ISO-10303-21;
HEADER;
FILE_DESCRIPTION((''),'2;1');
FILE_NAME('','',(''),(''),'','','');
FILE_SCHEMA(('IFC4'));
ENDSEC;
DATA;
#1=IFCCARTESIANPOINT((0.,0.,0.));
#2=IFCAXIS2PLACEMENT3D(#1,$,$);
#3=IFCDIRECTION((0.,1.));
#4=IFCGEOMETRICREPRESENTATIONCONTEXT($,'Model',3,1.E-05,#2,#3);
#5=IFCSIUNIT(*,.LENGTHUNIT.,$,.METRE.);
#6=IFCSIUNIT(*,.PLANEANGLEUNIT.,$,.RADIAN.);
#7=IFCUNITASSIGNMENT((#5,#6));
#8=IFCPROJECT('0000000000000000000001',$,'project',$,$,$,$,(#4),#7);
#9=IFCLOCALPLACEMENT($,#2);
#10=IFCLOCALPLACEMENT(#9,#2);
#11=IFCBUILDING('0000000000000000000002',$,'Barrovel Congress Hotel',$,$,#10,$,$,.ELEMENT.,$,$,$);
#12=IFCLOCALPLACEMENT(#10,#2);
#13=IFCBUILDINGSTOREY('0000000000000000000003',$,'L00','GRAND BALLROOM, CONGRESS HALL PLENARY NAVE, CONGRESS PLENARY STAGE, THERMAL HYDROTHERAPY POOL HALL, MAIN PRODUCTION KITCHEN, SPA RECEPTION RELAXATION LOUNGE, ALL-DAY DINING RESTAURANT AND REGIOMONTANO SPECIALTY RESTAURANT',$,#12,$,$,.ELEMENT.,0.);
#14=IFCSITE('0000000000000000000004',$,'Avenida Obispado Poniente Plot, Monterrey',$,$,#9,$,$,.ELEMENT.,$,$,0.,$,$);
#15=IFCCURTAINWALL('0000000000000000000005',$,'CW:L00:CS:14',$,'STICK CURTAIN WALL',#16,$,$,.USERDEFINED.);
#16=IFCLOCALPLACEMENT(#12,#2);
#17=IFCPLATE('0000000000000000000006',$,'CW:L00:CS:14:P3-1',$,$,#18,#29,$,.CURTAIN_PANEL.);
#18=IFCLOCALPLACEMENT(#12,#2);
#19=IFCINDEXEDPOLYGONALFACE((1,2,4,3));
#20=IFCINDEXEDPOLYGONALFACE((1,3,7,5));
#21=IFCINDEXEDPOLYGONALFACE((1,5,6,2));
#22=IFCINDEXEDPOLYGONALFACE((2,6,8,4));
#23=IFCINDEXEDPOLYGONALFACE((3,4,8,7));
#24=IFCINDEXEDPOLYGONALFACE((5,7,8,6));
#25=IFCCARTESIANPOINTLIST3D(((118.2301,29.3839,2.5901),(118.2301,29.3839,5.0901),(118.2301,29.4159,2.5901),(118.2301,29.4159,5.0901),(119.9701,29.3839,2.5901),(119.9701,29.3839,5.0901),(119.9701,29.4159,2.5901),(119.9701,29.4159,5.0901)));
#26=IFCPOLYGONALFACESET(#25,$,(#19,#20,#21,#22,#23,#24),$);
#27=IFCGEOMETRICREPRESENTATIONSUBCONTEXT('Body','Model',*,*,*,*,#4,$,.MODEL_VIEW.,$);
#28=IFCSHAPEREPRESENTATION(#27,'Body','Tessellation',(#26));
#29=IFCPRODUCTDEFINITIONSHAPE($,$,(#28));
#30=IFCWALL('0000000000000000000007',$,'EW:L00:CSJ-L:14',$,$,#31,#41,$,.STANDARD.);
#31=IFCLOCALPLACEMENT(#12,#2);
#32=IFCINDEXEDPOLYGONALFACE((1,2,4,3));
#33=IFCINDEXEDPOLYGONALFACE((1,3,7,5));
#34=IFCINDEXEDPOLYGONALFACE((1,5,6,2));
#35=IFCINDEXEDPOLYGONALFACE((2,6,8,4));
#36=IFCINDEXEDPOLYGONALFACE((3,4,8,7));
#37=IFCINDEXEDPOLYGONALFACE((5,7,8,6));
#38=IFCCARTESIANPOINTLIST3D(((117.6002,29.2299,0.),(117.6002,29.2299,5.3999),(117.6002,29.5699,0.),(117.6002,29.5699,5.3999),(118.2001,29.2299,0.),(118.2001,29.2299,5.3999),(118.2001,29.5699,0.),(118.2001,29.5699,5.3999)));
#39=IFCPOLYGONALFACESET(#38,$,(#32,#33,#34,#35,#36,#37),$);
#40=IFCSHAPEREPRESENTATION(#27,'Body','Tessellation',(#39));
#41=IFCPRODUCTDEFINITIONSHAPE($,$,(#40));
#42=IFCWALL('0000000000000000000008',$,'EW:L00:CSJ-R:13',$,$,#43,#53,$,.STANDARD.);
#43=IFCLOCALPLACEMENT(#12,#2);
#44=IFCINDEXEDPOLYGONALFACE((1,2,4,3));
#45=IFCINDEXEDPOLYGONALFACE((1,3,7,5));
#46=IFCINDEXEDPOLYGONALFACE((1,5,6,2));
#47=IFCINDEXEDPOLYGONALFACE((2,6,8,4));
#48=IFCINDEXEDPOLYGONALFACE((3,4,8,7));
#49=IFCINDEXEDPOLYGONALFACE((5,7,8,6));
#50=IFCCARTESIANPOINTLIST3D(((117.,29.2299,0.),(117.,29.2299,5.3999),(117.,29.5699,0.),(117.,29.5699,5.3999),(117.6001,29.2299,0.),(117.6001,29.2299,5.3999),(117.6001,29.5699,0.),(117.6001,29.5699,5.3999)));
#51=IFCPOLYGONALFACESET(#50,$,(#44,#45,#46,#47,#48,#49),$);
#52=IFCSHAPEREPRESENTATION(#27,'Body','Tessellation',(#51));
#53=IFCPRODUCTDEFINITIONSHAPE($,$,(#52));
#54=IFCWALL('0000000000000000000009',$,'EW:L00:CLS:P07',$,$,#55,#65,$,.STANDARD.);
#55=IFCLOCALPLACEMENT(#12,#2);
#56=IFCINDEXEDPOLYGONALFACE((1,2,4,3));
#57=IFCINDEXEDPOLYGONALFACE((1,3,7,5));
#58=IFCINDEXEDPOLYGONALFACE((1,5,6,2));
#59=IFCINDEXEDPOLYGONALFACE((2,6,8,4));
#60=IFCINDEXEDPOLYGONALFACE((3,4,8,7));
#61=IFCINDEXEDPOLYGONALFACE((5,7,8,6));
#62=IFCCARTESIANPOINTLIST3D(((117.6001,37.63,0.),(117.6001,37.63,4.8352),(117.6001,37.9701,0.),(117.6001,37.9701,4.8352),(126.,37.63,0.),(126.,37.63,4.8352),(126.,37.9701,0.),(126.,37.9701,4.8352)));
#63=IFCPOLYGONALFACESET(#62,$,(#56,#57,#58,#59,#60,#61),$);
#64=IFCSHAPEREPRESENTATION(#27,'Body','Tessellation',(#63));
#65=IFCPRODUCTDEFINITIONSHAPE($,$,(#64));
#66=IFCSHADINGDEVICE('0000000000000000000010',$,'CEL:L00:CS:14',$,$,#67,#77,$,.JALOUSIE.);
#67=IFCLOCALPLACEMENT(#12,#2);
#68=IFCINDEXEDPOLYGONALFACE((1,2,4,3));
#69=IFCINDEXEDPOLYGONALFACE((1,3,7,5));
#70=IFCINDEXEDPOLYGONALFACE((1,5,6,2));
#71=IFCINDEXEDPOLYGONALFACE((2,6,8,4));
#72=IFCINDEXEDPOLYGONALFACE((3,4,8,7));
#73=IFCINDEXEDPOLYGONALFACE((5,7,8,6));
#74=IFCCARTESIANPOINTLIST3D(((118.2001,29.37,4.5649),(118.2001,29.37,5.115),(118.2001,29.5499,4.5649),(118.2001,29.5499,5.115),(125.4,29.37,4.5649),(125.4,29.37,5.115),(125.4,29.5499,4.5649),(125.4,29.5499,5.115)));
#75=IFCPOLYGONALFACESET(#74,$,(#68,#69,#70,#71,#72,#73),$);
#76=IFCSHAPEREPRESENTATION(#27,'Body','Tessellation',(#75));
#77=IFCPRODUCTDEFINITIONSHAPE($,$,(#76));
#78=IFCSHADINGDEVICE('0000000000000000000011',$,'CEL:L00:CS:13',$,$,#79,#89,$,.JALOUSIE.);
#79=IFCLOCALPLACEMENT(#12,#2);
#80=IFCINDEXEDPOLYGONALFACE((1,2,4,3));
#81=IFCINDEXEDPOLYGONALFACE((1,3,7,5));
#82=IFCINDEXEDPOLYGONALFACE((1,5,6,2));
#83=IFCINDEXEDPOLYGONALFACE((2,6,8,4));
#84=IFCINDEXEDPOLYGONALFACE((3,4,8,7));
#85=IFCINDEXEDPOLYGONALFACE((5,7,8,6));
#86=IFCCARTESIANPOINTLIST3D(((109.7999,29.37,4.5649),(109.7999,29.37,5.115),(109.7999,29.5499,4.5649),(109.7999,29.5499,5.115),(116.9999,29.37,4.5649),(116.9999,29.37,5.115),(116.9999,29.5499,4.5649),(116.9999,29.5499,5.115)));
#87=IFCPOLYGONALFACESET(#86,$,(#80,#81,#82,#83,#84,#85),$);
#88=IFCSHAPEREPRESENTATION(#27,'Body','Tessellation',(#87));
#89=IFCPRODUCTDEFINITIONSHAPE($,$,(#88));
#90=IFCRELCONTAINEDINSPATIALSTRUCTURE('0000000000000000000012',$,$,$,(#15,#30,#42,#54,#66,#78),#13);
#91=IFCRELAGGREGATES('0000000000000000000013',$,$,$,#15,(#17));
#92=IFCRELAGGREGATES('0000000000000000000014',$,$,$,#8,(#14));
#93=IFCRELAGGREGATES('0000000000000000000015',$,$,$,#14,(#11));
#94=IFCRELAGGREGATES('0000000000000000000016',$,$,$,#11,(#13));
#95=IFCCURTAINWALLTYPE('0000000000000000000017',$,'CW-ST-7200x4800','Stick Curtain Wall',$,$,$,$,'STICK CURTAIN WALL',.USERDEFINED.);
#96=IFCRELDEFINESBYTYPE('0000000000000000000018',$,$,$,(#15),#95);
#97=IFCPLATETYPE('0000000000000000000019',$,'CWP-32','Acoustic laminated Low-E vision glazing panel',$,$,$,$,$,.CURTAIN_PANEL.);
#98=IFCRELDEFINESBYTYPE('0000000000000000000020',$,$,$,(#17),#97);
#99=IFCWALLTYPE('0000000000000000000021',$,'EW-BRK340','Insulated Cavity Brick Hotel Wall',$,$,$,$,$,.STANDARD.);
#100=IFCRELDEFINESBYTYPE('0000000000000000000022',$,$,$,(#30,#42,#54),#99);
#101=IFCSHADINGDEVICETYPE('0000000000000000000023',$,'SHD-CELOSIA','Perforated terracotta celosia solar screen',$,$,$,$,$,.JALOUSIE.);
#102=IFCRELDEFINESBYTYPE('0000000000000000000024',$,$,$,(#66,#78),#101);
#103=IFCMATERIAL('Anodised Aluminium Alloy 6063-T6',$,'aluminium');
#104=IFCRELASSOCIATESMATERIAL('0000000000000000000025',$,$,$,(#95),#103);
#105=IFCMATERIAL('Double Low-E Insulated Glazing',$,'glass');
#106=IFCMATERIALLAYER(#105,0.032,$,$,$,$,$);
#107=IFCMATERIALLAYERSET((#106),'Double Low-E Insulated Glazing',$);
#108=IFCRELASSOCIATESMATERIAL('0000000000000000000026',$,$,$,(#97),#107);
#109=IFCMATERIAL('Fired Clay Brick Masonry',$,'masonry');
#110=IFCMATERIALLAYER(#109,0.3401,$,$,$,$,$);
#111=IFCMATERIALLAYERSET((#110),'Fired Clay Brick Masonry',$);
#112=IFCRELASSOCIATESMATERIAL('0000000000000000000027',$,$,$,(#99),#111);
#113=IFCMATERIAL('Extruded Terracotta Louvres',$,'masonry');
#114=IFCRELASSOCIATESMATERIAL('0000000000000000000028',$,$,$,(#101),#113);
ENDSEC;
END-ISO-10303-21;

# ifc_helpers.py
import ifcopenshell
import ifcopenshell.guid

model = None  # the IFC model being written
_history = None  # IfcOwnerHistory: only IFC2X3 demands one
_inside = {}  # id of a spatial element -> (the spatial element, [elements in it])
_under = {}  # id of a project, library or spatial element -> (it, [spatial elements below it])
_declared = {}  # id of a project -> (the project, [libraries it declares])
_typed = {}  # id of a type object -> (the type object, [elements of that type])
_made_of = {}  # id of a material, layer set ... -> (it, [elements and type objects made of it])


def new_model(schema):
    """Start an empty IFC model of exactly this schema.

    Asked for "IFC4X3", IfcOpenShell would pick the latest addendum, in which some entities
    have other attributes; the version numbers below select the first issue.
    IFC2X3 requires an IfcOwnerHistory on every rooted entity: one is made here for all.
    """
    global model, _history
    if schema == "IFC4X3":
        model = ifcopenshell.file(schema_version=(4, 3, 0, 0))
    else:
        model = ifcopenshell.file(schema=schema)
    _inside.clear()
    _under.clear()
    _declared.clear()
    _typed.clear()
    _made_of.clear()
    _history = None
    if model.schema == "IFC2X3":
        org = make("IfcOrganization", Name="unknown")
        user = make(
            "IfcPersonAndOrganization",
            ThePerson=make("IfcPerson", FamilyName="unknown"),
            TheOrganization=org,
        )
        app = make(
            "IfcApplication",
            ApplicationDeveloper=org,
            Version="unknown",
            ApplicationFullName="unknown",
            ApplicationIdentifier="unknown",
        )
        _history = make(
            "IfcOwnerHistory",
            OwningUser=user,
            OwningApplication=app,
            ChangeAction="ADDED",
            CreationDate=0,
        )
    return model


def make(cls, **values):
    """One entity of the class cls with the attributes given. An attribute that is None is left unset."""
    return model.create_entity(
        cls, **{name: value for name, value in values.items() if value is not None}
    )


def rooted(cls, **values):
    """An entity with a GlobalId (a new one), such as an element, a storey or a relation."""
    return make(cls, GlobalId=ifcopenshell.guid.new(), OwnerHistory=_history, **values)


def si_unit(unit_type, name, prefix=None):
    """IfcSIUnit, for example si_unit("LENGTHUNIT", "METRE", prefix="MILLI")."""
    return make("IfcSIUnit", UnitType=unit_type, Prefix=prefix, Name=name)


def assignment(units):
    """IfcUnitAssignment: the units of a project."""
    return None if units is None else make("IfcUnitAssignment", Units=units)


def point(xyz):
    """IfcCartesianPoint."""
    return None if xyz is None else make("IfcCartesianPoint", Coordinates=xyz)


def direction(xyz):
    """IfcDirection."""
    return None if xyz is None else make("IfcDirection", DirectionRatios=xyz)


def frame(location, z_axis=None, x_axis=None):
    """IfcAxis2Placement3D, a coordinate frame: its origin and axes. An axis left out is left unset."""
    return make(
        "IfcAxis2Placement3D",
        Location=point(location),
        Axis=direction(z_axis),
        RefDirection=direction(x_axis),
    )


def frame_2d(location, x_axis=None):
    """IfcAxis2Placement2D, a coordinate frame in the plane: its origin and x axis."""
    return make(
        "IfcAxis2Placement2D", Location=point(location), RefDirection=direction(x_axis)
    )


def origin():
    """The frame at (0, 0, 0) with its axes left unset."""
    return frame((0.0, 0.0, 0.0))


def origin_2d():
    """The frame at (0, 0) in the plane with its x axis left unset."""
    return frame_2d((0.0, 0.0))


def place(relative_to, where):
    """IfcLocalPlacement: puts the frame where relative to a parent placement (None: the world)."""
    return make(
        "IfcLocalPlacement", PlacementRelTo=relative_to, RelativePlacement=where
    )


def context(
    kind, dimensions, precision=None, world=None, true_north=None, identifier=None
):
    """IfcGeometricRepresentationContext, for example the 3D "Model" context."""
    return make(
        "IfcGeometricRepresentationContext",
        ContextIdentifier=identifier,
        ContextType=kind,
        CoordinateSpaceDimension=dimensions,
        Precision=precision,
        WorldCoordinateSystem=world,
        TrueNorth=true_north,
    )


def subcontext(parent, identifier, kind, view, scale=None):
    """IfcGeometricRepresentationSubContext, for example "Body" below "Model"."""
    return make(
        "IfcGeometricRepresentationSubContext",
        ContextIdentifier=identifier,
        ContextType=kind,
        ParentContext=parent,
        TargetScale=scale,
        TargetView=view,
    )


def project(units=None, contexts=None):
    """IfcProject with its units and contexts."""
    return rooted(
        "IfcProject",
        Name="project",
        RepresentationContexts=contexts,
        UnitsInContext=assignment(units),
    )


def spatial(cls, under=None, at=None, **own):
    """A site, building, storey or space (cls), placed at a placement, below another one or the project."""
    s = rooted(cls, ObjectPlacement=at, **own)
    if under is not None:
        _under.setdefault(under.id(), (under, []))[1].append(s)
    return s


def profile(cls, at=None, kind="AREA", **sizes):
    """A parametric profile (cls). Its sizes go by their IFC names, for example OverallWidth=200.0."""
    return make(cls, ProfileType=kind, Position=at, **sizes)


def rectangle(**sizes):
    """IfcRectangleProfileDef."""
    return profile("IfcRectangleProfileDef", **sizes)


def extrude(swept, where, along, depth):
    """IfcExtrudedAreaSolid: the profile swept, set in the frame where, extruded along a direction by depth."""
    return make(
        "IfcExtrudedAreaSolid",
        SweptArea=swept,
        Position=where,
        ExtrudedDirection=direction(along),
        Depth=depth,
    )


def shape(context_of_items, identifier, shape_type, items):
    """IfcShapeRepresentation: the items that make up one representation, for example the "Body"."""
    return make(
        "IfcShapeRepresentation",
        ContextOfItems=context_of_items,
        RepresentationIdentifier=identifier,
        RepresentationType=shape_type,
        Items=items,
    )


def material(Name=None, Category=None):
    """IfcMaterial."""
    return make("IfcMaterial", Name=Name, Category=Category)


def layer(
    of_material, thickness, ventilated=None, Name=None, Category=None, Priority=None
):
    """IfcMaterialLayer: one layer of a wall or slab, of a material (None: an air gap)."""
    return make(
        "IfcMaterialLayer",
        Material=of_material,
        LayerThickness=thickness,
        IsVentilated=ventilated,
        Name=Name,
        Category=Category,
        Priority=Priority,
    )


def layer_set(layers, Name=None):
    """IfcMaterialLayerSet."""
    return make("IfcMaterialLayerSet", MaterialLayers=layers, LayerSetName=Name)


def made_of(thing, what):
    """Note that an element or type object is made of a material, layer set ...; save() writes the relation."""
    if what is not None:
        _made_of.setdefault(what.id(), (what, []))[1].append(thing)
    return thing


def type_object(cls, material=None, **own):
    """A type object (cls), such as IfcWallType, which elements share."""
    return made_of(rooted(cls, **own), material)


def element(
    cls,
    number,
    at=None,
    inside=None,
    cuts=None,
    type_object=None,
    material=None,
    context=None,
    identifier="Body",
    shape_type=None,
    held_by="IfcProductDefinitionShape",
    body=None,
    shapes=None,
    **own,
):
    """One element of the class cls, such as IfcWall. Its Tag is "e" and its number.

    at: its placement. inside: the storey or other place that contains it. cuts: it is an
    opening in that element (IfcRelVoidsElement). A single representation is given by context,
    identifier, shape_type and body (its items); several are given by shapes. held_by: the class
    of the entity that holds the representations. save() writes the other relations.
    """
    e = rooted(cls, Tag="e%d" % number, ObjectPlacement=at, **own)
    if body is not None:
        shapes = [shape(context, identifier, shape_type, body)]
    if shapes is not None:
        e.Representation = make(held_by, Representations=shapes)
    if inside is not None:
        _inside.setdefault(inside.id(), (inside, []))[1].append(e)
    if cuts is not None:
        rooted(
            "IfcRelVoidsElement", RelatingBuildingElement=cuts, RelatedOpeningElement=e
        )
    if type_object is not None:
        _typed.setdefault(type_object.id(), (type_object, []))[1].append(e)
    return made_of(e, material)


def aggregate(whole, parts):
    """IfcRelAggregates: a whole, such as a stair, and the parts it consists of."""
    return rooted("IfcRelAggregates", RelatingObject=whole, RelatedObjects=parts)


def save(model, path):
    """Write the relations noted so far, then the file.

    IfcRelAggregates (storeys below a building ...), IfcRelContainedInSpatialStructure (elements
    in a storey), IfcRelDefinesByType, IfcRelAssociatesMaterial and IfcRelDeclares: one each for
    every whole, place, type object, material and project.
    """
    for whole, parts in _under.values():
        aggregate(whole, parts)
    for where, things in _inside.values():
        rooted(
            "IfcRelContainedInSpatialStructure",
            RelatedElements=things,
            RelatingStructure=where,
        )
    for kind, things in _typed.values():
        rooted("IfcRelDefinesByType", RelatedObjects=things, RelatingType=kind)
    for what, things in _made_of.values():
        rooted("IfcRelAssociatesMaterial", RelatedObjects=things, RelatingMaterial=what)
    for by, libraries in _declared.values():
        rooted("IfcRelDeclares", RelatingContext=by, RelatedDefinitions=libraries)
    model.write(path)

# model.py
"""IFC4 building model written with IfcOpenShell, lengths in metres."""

from ifc_helpers import new_model, si_unit, direction, frame, frame_2d, origin, origin_2d, place, context, subcontext, project, spatial, rectangle, extrude, material, layer, layer_set, type_object, element, aggregate, save


model = new_model("IFC4")

# Units and contexts
model_context = context("Model", 3, precision=1e-05, world=origin(), true_north=direction((0.0, 1.0)))
body_context = subcontext(model_context, "Body", "Model", "MODEL_VIEW")
ifc_project = project(units=[si_unit("LENGTHUNIT", "METRE"), si_unit("PLANEANGLEUNIT", "RADIAN")], contexts=[model_context])

# Site, building, storey
site_placement = place(None, origin())
site = spatial("IfcSite", under=ifc_project, at=site_placement, Name="Avenida Obispado Poniente Plot, Monterrey", CompositionType="ELEMENT", RefElevation=0.0)
building_placement = place(site_placement, origin())
building = spatial("IfcBuilding", under=site, at=building_placement, Name="Barrovel Congress Hotel", CompositionType="ELEMENT")
storey_placement = place(building_placement, origin())
storey = spatial("IfcBuildingStorey", under=building, at=storey_placement, Name="L00", Description="GRAND BALLROOM, CONGRESS HALL PLENARY NAVE, CONGRESS PLENARY STAGE, THERMAL HYDROTHERAPY POOL HALL, MAIN PRODUCTION KITCHEN, SPA RECEPTION RELAXATION LOUNGE, ALL-DAY DINING RESTAURANT AND REGIOMONTANO SPECIALTY RESTAURANT", CompositionType="ELEMENT", Elevation=0.0)

# Curtain wall
ifc_material_1 = material(Name="Anodised Aluminium Alloy 6063-T6", Category="aluminium")
curtain_wall_type = type_object("IfcCurtainWallType", Name="CW-ST-7200x4800", Description="Stick Curtain Wall", ElementType="STICK CURTAIN WALL", PredefinedType="USERDEFINED", material=ifc_material_1)
curtain_wall_1_placement = place(storey_placement, origin())
curtain_wall_1 = element("IfcCurtainWall", 1, at=curtain_wall_1_placement, inside=storey, type_object=curtain_wall_type, Name="CW:L00:CS:14", ObjectType="STICK CURTAIN WALL", PredefinedType="USERDEFINED")

# Plate
ifc_material_2 = material(Name="Double Low-E Insulated Glazing", Category="glass")
ifc_layer_1 = layer(ifc_material_2, 0.032)
ifc_layer_set_1 = layer_set([ifc_layer_1], Name="Double Low-E Insulated Glazing")
plate_type_1 = type_object("IfcPlateType", Name="CWP-32", Description="Acoustic laminated Low-E vision glazing panel", PredefinedType="CURTAIN_PANEL", material=ifc_layer_set_1)
plate_1_placement = place(storey_placement, frame((119.1001, 29.3999, 2.5901), z_axis=(0.0, 0.0, 1.0), x_axis=(-1.0, 0.0, 0.0)))
plate_1 = element("IfcPlate", 2, at=plate_1_placement, type_object=plate_type_1, Name="CW:L00:CS:14:P3-1", PredefinedType="CURTAIN_PANEL", context=body_context, shape_type="SweptSolid", body=[
    extrude(rectangle(XDim=1.74, YDim=0.032, at=origin_2d()), origin(), (0.0, 0.0, 1.0), 2.5),
])
aggregate(curtain_wall_1, [plate_1])

# Walls
ifc_material_3 = material(Name="Fired Clay Brick Masonry", Category="masonry")
ifc_layer_2 = layer(ifc_material_3, 0.3401)
ifc_layer_set_2 = layer_set([ifc_layer_2], Name="Fired Clay Brick Masonry")
wall_type = type_object("IfcWallType", Name="EW-BRK340", Description="Insulated Cavity Brick Hotel Wall", PredefinedType="STANDARD", material=ifc_layer_set_2)
wall_1_placement = place(storey_placement, frame((118.2, 29.3999, 0.0), z_axis=(0.0, 0.0, 1.0), x_axis=(-1.0, 0.0, 0.0)))
element("IfcWall", 3, at=wall_1_placement, inside=storey, type_object=wall_type, Name="EW:L00:CSJ-L:14", PredefinedType="STANDARD", context=body_context, shape_type="SweptSolid", body=[
    extrude(rectangle(XDim=0.5999, YDim=0.3401, at=frame_2d((0.2998, 0.0))), origin(), (0.0, 0.0, 1.0), 5.3999),
])
wall_2_placement = place(storey_placement, frame((117.6001, 29.3999, 0.0), z_axis=(0.0, 0.0, 1.0), x_axis=(-1.0, 0.0, 0.0)))
element("IfcWall", 4, at=wall_2_placement, inside=storey, type_object=wall_type, Name="EW:L00:CSJ-R:13", PredefinedType="STANDARD", context=body_context, shape_type="SweptSolid", body=[
    extrude(rectangle(XDim=0.6001, YDim=0.3401, at=frame_2d((0.3, 0.0))), origin(), (0.0, 0.0, 1.0), 5.3999),
])
wall_3_placement = place(storey_placement, frame((117.6001, 37.8, 0.0), z_axis=(0.0, 0.0, 1.0), x_axis=(1.0, 0.0, 0.0)))
element("IfcWall", 5, at=wall_3_placement, inside=storey, type_object=wall_type, Name="EW:L00:CLS:P07", PredefinedType="STANDARD", context=body_context, shape_type="SweptSolid", body=[
    extrude(rectangle(XDim=8.3999, YDim=0.3401, at=frame_2d((4.2, 0.0))), origin(), (0.0, 0.0, 1.0), 4.8352),
])

# Shading devices
ifc_material_4 = material(Name="Extruded Terracotta Louvres", Category="masonry")
shading_device_type = type_object("IfcShadingDeviceType", Name="SHD-CELOSIA", Description="Perforated terracotta celosia solar screen", PredefinedType="JALOUSIE", material=ifc_material_4)
for number, where, z_axis, x_axis, name in (
    (6, (121.8, 29.46, 4.5649), (0.0, 0.0, 1.0), (1.0, 0.0, 0.0), "CEL:L00:CS:14"),
    (7, (113.3999, 29.46, 4.5649), (0.0, 0.0, 1.0), (1.0, 0.0, 0.0), "CEL:L00:CS:13"),
):
    element("IfcShadingDevice", number, at=place(storey_placement, frame(where, z_axis=z_axis, x_axis=x_axis)), inside=storey, type_object=shading_device_type, Name=name, PredefinedType="JALOUSIE", context=body_context, shape_type="SweptSolid", body=[
        extrude(rectangle(XDim=7.2, YDim=0.1799, at=origin_2d()), origin(), (0.0, 0.0, 1.0), 0.55),
    ])

save(model, "model.ifc")
